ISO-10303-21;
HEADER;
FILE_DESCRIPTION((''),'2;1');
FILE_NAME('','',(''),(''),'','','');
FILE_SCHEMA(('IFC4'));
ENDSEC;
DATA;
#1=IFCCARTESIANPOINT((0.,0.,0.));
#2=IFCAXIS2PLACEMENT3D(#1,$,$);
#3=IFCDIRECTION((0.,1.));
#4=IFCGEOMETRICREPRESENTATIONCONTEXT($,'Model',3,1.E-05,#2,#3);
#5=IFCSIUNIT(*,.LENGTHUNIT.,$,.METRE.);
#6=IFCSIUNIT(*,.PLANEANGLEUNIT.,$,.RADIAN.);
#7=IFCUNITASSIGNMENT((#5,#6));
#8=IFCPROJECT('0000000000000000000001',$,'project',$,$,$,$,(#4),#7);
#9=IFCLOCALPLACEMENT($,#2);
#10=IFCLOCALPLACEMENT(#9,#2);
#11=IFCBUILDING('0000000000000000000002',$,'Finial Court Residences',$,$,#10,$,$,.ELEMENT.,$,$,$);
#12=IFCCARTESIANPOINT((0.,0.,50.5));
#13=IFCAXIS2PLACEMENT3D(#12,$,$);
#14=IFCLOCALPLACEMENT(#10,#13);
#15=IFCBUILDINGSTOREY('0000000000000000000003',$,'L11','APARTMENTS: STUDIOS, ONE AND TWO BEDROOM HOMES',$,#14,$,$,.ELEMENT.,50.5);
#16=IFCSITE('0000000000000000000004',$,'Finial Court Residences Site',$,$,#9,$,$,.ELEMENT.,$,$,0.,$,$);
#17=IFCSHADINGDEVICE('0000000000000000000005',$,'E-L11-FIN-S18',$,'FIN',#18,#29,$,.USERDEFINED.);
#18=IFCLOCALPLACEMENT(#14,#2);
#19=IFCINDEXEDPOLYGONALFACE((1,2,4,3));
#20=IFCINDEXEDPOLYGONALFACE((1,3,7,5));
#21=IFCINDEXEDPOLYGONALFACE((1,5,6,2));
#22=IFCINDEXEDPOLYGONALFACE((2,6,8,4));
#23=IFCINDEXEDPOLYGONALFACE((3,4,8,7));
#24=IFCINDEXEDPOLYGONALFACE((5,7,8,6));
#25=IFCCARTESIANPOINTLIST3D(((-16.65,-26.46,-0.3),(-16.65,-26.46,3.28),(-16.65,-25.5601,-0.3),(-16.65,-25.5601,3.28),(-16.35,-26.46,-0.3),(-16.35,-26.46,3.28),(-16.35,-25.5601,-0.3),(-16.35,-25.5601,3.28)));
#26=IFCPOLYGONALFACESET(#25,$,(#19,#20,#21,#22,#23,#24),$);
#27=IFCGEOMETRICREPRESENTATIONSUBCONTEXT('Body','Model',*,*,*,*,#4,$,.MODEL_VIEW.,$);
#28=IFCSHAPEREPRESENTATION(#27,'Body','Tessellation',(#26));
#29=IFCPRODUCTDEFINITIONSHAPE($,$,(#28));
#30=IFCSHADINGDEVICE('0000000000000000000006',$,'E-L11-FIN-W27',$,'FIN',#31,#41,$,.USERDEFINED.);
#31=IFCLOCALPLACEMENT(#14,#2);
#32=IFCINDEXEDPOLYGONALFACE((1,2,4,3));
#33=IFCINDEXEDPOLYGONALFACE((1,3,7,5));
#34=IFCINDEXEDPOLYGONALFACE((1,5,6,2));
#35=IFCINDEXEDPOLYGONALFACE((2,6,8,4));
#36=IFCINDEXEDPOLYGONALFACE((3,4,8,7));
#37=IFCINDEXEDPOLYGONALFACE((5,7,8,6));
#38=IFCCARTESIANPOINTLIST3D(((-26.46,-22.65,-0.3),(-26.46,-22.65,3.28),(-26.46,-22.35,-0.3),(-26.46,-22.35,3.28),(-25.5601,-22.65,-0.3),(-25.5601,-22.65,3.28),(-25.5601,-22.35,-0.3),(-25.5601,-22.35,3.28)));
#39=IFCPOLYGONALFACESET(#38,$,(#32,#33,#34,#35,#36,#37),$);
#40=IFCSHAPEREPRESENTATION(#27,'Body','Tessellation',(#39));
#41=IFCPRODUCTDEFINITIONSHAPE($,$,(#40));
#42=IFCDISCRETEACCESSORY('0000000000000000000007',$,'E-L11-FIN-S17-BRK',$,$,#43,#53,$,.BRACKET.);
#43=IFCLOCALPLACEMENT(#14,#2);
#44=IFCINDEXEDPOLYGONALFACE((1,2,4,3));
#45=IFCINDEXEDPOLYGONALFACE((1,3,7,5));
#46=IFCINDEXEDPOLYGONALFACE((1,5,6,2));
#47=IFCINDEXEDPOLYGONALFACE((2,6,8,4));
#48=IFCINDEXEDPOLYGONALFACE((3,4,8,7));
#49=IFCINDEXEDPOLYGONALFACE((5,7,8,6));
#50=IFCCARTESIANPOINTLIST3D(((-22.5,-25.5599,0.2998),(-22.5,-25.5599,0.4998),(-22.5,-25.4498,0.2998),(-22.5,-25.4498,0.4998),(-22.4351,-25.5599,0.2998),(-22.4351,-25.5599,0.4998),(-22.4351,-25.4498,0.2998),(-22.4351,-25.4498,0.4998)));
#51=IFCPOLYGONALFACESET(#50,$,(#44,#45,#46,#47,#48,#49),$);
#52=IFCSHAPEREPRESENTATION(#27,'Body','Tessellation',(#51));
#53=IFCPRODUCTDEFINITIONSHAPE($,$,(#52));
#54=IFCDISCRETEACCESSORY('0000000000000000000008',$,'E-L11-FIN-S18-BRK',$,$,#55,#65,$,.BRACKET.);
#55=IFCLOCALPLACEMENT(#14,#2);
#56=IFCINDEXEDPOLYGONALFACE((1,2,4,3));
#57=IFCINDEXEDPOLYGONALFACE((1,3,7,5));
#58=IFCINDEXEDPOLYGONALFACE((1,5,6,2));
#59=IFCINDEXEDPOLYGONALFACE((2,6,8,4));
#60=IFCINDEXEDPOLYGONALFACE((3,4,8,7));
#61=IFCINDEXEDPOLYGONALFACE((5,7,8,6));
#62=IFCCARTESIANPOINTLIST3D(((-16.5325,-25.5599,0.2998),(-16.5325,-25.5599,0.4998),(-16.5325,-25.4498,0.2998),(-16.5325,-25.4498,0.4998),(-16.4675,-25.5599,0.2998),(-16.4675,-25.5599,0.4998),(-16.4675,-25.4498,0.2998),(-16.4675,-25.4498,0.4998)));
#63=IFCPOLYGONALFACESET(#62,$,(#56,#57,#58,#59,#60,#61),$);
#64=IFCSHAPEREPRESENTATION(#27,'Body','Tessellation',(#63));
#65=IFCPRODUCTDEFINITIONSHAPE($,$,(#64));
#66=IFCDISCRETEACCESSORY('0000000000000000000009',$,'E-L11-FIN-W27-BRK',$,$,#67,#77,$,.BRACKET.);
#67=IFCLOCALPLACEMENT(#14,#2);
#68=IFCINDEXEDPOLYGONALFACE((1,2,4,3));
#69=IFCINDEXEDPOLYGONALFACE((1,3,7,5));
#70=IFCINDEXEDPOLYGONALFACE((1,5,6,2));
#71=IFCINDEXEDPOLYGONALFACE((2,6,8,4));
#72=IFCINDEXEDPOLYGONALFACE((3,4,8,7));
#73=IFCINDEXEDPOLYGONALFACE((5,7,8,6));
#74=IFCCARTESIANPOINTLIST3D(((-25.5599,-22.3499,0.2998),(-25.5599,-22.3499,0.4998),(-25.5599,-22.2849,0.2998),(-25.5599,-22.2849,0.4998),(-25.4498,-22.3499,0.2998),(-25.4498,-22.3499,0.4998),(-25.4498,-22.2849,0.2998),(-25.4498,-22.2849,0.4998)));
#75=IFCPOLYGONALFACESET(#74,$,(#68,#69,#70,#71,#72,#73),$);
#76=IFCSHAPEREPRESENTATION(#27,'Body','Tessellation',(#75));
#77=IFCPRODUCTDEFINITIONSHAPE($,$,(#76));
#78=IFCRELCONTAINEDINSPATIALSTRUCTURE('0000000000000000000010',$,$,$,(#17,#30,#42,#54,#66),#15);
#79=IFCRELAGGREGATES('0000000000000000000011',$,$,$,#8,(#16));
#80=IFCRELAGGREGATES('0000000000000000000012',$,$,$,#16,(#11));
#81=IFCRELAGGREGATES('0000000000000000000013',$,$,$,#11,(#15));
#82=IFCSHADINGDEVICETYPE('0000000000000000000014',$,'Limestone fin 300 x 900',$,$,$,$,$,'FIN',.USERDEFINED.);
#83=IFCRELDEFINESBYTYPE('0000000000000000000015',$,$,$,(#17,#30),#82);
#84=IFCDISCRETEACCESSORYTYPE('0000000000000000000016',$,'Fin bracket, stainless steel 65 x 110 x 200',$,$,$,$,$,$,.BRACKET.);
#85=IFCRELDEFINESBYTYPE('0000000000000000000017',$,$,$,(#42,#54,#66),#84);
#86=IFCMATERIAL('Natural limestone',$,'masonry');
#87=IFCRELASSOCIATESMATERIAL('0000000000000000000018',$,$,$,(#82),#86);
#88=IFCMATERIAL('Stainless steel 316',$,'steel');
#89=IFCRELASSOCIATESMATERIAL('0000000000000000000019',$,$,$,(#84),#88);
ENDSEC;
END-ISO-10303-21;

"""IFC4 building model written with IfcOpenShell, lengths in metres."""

from ifc_helpers import new_model, si_unit, direction, frame, origin, origin_2d, place, context, subcontext, project, spatial, rectangle, extrude, material, type_object, element, save


model = new_model("IFC4")

# Units and contexts
model_context = context("Model", 3, precision=1e-05, world=origin(), true_north=direction((0.0, 1.0)))
body_context = subcontext(model_context, "Body", "Model", "MODEL_VIEW")
ifc_project = project(units=[si_unit("LENGTHUNIT", "METRE"), si_unit("PLANEANGLEUNIT", "RADIAN")], contexts=[model_context])

# Site, building, storey
site_placement = place(None, origin())
site = spatial("IfcSite", under=ifc_project, at=site_placement, Name="Finial Court Residences Site", CompositionType="ELEMENT", RefElevation=0.0)
building_placement = place(site_placement, origin())
building = spatial("IfcBuilding", under=site, at=building_placement, Name="Finial Court Residences", CompositionType="ELEMENT")
storey_placement = place(building_placement, frame((0.0, 0.0, 50.5)))
storey = spatial("IfcBuildingStorey", under=building, at=storey_placement, Name="L11", Description="APARTMENTS: STUDIOS, ONE AND TWO BEDROOM HOMES", CompositionType="ELEMENT", Elevation=50.5)

# Shared definitions
ifc_material_1 = material(Name="Natural limestone", Category="masonry")

# Shading devices
shading_device_type = type_object("IfcShadingDeviceType", Name="Limestone fin 300 x 900", ElementType="FIN", PredefinedType="USERDEFINED", material=ifc_material_1)
for number, where, z_axis, x_axis, name in (
    (1, (-16.5, -26.01, -0.3), (0.0, 0.0, 1.0), (1.0, 0.0, 0.0), "E-L11-FIN-S18"),
):
    element("IfcShadingDevice", number, at=place(storey_placement, frame(where, z_axis=z_axis, x_axis=x_axis)), inside=storey, type_object=shading_device_type, Name=name, ObjectType="FIN", PredefinedType="USERDEFINED", context=body_context, shape_type="SweptSolid", body=[
        extrude(rectangle(XDim=0.3, YDim=0.8999, at=origin_2d()), origin(), (0.0, 0.0, 1.0), 3.5801),
    ])
shading_device_placement = place(storey_placement, frame((-26.01, -22.5, -0.3), z_axis=(0.0, 0.0, 1.0), x_axis=(1.0, 0.0, 0.0)))
element("IfcShadingDevice", 2, at=shading_device_placement, inside=storey, type_object=shading_device_type, Name="E-L11-FIN-W27", ObjectType="FIN", PredefinedType="USERDEFINED", context=body_context, shape_type="SweptSolid", body=[
    extrude(rectangle(XDim=0.8999, YDim=0.3, at=origin_2d()), origin(), (0.0, 0.0, 1.0), 3.5801),
])

# Discrete accessories
ifc_material_2 = material(Name="Stainless steel 316", Category="steel")
discrete_accessory_type = type_object("IfcDiscreteAccessoryType", Name="Fin bracket, stainless steel 65 x 110 x 200", PredefinedType="BRACKET", material=ifc_material_2)
for number, where, z_axis, x_axis, name in (
    (3, (-22.4675, -25.5049, 0.2998), (0.0, 0.0, 1.0), (1.0, 0.0, 0.0), "E-L11-FIN-S17-BRK"),
    (4, (-16.5, -25.5049, 0.2998), (0.0, 0.0, 1.0), (1.0, 0.0, 0.0), "E-L11-FIN-S18-BRK"),
):
    element("IfcDiscreteAccessory", number, at=place(storey_placement, frame(where, z_axis=z_axis, x_axis=x_axis)), inside=storey, type_object=discrete_accessory_type, Name=name, PredefinedType="BRACKET", context=body_context, shape_type="SweptSolid", body=[
        extrude(rectangle(XDim=0.0649, YDim=0.1101, at=origin_2d()), origin(), (0.0, 0.0, 1.0), 0.2),
    ])
discrete_accessory_placement = place(storey_placement, frame((-25.5049, -22.3174, 0.2998), z_axis=(0.0, 0.0, 1.0), x_axis=(1.0, 0.0, 0.0)))
element("IfcDiscreteAccessory", 5, at=discrete_accessory_placement, inside=storey, type_object=discrete_accessory_type, Name="E-L11-FIN-W27-BRK", PredefinedType="BRACKET", context=body_context, shape_type="SweptSolid", body=[
    extrude(rectangle(XDim=0.1101, YDim=0.0649, at=origin_2d()), origin(), (0.0, 0.0, 1.0), 0.2),
])

save(model, "model.ifc")
